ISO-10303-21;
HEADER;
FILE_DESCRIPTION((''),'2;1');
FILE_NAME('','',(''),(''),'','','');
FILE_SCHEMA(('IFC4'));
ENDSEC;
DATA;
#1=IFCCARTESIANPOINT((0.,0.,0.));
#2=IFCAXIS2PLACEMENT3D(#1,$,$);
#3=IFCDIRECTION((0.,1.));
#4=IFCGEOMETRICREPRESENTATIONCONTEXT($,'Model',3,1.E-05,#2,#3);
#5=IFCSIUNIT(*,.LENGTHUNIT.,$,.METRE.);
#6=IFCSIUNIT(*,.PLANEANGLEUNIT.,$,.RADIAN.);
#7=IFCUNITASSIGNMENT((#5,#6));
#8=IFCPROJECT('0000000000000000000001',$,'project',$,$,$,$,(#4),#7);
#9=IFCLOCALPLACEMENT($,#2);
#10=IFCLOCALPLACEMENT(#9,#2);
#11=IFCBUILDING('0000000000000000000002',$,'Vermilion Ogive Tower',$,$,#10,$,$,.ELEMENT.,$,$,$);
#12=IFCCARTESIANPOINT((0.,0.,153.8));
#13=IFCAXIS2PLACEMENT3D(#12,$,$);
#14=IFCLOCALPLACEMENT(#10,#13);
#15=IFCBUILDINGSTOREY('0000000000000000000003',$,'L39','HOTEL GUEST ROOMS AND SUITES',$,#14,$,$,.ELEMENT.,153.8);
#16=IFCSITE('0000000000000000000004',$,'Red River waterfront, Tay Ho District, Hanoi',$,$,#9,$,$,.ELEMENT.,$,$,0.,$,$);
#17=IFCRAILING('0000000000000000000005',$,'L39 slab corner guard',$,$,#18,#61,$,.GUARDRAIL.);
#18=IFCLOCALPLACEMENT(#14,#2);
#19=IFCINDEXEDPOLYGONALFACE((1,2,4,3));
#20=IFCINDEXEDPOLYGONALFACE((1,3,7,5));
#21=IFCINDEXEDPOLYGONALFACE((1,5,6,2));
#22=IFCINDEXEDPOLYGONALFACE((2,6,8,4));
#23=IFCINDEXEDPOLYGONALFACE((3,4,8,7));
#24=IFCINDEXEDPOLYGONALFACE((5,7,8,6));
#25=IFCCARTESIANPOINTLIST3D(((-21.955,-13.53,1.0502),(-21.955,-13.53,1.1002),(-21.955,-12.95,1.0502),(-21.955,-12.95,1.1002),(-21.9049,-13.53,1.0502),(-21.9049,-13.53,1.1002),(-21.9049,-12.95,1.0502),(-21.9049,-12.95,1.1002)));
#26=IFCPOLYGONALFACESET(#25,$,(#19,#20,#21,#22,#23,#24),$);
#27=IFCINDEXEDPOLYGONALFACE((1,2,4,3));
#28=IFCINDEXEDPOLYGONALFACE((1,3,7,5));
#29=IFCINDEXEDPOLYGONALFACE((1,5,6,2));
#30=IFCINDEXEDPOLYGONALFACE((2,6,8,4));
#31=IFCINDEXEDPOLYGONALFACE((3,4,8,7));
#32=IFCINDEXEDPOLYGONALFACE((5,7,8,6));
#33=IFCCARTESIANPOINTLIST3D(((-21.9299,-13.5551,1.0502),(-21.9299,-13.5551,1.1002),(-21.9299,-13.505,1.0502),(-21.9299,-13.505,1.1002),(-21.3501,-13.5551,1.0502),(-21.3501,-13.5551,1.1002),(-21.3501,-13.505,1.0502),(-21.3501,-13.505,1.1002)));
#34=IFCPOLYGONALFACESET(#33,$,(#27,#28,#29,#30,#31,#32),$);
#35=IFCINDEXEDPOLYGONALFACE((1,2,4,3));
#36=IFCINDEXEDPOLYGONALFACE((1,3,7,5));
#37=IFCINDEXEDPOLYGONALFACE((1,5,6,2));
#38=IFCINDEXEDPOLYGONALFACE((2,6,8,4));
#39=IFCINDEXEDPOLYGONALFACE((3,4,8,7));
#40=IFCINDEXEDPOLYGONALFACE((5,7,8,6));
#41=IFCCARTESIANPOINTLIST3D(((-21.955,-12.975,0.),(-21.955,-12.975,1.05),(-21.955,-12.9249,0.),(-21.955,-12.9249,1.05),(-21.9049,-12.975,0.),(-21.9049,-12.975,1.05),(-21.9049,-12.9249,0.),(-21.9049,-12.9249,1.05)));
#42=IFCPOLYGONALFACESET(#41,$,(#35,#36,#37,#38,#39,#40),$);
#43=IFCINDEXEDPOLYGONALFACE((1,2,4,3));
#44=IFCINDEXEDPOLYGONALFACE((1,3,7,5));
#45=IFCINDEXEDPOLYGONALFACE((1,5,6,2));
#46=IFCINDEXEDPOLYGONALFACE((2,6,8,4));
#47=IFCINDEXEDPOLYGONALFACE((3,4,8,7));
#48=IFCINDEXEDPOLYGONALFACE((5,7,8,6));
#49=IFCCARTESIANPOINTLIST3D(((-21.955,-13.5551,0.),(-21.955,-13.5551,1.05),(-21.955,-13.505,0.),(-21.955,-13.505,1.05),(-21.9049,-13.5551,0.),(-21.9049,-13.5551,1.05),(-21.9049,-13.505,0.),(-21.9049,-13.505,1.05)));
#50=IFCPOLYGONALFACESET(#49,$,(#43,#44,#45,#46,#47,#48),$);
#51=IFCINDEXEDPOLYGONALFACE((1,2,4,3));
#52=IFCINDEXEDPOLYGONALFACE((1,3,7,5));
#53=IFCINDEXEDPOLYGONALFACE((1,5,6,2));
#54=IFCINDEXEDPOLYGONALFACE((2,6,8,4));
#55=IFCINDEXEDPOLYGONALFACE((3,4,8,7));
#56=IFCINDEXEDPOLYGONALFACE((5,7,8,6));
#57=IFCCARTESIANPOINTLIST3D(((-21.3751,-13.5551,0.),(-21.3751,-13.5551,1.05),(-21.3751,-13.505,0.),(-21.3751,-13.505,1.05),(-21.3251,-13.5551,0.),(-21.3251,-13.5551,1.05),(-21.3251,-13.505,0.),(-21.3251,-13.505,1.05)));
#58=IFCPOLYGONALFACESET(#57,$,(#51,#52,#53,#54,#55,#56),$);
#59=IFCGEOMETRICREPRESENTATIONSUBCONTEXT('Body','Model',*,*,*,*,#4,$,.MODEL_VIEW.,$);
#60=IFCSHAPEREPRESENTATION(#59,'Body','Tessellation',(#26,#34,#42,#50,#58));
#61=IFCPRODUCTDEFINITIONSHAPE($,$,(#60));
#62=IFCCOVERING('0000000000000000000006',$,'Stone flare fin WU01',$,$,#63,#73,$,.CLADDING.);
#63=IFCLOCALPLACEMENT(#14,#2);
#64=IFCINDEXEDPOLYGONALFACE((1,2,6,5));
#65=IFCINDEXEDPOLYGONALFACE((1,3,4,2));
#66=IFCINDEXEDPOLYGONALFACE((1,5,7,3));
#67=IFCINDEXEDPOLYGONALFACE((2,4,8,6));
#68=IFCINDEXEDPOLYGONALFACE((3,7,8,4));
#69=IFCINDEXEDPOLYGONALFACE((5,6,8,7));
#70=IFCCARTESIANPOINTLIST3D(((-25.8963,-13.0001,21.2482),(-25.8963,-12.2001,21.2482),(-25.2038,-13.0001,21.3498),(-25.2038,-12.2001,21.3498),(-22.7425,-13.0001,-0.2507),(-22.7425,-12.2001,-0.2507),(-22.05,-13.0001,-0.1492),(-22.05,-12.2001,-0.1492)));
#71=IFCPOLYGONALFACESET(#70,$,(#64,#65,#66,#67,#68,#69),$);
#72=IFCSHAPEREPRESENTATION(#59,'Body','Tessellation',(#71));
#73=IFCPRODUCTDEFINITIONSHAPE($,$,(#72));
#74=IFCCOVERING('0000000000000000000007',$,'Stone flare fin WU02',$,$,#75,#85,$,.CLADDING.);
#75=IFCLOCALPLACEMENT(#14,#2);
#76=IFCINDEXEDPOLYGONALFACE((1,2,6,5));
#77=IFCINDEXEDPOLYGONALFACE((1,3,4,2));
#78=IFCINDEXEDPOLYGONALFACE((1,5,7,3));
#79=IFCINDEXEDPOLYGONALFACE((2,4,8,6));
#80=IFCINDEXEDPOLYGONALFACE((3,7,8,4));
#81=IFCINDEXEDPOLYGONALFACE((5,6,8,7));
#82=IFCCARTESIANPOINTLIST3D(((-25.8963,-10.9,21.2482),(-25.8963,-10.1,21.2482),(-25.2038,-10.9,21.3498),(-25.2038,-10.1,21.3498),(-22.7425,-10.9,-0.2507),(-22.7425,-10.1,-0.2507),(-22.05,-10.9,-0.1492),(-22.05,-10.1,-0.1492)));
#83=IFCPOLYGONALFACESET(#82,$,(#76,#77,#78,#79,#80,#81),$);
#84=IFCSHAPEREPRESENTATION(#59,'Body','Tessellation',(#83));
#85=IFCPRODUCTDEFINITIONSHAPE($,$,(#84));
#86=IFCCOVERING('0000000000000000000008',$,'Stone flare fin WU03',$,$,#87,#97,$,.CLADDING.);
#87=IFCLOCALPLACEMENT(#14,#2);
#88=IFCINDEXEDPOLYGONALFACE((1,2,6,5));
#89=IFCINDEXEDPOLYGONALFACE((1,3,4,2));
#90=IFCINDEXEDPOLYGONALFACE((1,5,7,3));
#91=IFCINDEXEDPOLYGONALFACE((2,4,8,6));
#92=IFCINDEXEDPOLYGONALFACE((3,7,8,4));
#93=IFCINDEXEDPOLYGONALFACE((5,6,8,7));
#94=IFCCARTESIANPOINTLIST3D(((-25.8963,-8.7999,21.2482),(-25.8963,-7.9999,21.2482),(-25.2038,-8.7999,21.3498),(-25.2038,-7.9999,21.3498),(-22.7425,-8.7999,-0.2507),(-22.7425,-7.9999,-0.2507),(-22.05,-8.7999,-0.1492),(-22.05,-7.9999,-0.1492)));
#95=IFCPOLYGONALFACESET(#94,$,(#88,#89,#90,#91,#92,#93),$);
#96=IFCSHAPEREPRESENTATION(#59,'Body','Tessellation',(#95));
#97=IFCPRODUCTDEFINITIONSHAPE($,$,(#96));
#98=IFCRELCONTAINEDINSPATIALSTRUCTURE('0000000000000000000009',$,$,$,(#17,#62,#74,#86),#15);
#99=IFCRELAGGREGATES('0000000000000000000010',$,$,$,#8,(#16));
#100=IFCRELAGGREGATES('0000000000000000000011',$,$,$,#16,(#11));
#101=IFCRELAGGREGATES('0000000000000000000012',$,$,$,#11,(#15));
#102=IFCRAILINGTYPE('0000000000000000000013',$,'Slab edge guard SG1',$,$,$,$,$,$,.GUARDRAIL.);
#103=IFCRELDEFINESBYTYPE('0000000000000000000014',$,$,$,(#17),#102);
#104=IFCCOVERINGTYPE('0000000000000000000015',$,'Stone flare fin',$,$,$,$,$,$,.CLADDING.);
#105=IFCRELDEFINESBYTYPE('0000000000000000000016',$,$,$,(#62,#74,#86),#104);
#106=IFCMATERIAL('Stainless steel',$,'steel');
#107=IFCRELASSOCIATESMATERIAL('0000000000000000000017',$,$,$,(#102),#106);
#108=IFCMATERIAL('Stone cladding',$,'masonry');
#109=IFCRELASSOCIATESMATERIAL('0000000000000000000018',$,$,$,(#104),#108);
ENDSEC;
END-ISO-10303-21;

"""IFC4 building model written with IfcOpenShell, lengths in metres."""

from ifc_helpers import new_model, si_unit, direction, frame, origin, origin_2d, place, context, subcontext, project, spatial, rectangle, extrude, material, material_profile, profile_set, type_object, element, save


model = new_model("IFC4")

# Units and contexts
model_context = context("Model", 3, precision=1e-05, world=origin(), true_north=direction((0.0, 1.0)))
body_context = subcontext(model_context, "Body", "Model", "MODEL_VIEW")
ifc_project = project(units=[si_unit("LENGTHUNIT", "METRE"), si_unit("PLANEANGLEUNIT", "RADIAN")], contexts=[model_context])

# Site, building, storey
site_placement = place(None, origin())
site = spatial("IfcSite", under=ifc_project, at=site_placement, Name="Red River waterfront, Tay Ho District, Hanoi", CompositionType="ELEMENT", RefElevation=0.0)
building_placement = place(site_placement, origin())
building = spatial("IfcBuilding", under=site, at=building_placement, Name="Vermilion Ogive Tower", CompositionType="ELEMENT")
storey_placement = place(building_placement, frame((0.0, 0.0, 153.8)))
storey = spatial("IfcBuildingStorey", under=building, at=storey_placement, Name="L39", Description="HOTEL GUEST ROOMS AND SUITES", CompositionType="ELEMENT", Elevation=153.8)

# Railing
ifc_material_1 = material(Name="Stainless steel", Category="steel")
railing_type = type_object("IfcRailingType", Name="Slab edge guard SG1", PredefinedType="GUARDRAIL", material=ifc_material_1)
railing_1_placement = place(storey_placement, frame((-21.9299, -12.95, 0.0)))
element("IfcRailing", 1, at=railing_1_placement, inside=storey, type_object=railing_type, Name="L39 slab corner guard", PredefinedType="GUARDRAIL", context=body_context, shape_type="SweptSolid", body=[
    extrude(rectangle(XDim=0.05, YDim=0.05, at=origin_2d()), frame((0.0, 0.0, 1.0752), z_axis=(0.0, -1.0, 0.0), x_axis=(1.0, 0.0, 0.0)), (0.0, 0.0, 1.0), 0.5801),
    extrude(rectangle(XDim=0.05, YDim=0.05, at=origin_2d()), frame((0.0, -0.5801, 1.0752), z_axis=(1.0, 0.0, 0.0), x_axis=(0.0, 1.0, 0.0)), (0.0, 0.0, 1.0), 0.5798),
    extrude(rectangle(XDim=0.05, YDim=0.05, at=origin_2d()), origin(), (0.0, 0.0, 1.0), 1.05),
    extrude(rectangle(XDim=0.05, YDim=0.05, at=origin_2d()), frame((0.0, -0.5801, 0.0)), (0.0, 0.0, 1.0), 1.05),
    extrude(rectangle(XDim=0.05, YDim=0.05, at=origin_2d()), frame((0.5798, -0.5801, 0.0)), (0.0, 0.0, 1.0), 1.05),
])

# Coverings
ifc_material_2 = material(Name="Stone cladding", Category="masonry")
ifc_material_profile_1 = material_profile(ifc_material_2, rectangle(XDim=0.8, YDim=0.7, at=origin_2d()), Name="STONE 800x700")
ifc_profile_set_1 = profile_set([ifc_material_profile_1], Name="Stone cladding")
covering_type = type_object("IfcCoveringType", Name="Stone flare fin", PredefinedType="CLADDING", material=ifc_profile_set_1)
for number, where, z_axis, x_axis, name in (
    (2, (-22.3962, -12.6001, -0.2), (-0.145142, 0.0, 0.989411), (0.0, -1.0, 0.0), "Stone flare fin WU01"),
    (3, (-22.3962, -10.5, -0.2), (-0.145142, 0.0, 0.989411), (0.0, -1.0, 0.0), "Stone flare fin WU02"),
    (4, (-22.3962, -8.3999, -0.2), (-0.145142, 0.0, 0.989411), (0.0, -1.0, 0.0), "Stone flare fin WU03"),
):
    element("IfcCovering", number, at=place(storey_placement, frame(where, z_axis=z_axis, x_axis=x_axis)), inside=storey, type_object=covering_type, Name=name, PredefinedType="CLADDING", context=body_context, shape_type="SweptSolid", body=[
        extrude(rectangle(XDim=0.8, YDim=0.7, at=origin_2d()), origin(), (0.0, 0.0, 1.0), 21.729),
    ])

save(model, "model.ifc")
